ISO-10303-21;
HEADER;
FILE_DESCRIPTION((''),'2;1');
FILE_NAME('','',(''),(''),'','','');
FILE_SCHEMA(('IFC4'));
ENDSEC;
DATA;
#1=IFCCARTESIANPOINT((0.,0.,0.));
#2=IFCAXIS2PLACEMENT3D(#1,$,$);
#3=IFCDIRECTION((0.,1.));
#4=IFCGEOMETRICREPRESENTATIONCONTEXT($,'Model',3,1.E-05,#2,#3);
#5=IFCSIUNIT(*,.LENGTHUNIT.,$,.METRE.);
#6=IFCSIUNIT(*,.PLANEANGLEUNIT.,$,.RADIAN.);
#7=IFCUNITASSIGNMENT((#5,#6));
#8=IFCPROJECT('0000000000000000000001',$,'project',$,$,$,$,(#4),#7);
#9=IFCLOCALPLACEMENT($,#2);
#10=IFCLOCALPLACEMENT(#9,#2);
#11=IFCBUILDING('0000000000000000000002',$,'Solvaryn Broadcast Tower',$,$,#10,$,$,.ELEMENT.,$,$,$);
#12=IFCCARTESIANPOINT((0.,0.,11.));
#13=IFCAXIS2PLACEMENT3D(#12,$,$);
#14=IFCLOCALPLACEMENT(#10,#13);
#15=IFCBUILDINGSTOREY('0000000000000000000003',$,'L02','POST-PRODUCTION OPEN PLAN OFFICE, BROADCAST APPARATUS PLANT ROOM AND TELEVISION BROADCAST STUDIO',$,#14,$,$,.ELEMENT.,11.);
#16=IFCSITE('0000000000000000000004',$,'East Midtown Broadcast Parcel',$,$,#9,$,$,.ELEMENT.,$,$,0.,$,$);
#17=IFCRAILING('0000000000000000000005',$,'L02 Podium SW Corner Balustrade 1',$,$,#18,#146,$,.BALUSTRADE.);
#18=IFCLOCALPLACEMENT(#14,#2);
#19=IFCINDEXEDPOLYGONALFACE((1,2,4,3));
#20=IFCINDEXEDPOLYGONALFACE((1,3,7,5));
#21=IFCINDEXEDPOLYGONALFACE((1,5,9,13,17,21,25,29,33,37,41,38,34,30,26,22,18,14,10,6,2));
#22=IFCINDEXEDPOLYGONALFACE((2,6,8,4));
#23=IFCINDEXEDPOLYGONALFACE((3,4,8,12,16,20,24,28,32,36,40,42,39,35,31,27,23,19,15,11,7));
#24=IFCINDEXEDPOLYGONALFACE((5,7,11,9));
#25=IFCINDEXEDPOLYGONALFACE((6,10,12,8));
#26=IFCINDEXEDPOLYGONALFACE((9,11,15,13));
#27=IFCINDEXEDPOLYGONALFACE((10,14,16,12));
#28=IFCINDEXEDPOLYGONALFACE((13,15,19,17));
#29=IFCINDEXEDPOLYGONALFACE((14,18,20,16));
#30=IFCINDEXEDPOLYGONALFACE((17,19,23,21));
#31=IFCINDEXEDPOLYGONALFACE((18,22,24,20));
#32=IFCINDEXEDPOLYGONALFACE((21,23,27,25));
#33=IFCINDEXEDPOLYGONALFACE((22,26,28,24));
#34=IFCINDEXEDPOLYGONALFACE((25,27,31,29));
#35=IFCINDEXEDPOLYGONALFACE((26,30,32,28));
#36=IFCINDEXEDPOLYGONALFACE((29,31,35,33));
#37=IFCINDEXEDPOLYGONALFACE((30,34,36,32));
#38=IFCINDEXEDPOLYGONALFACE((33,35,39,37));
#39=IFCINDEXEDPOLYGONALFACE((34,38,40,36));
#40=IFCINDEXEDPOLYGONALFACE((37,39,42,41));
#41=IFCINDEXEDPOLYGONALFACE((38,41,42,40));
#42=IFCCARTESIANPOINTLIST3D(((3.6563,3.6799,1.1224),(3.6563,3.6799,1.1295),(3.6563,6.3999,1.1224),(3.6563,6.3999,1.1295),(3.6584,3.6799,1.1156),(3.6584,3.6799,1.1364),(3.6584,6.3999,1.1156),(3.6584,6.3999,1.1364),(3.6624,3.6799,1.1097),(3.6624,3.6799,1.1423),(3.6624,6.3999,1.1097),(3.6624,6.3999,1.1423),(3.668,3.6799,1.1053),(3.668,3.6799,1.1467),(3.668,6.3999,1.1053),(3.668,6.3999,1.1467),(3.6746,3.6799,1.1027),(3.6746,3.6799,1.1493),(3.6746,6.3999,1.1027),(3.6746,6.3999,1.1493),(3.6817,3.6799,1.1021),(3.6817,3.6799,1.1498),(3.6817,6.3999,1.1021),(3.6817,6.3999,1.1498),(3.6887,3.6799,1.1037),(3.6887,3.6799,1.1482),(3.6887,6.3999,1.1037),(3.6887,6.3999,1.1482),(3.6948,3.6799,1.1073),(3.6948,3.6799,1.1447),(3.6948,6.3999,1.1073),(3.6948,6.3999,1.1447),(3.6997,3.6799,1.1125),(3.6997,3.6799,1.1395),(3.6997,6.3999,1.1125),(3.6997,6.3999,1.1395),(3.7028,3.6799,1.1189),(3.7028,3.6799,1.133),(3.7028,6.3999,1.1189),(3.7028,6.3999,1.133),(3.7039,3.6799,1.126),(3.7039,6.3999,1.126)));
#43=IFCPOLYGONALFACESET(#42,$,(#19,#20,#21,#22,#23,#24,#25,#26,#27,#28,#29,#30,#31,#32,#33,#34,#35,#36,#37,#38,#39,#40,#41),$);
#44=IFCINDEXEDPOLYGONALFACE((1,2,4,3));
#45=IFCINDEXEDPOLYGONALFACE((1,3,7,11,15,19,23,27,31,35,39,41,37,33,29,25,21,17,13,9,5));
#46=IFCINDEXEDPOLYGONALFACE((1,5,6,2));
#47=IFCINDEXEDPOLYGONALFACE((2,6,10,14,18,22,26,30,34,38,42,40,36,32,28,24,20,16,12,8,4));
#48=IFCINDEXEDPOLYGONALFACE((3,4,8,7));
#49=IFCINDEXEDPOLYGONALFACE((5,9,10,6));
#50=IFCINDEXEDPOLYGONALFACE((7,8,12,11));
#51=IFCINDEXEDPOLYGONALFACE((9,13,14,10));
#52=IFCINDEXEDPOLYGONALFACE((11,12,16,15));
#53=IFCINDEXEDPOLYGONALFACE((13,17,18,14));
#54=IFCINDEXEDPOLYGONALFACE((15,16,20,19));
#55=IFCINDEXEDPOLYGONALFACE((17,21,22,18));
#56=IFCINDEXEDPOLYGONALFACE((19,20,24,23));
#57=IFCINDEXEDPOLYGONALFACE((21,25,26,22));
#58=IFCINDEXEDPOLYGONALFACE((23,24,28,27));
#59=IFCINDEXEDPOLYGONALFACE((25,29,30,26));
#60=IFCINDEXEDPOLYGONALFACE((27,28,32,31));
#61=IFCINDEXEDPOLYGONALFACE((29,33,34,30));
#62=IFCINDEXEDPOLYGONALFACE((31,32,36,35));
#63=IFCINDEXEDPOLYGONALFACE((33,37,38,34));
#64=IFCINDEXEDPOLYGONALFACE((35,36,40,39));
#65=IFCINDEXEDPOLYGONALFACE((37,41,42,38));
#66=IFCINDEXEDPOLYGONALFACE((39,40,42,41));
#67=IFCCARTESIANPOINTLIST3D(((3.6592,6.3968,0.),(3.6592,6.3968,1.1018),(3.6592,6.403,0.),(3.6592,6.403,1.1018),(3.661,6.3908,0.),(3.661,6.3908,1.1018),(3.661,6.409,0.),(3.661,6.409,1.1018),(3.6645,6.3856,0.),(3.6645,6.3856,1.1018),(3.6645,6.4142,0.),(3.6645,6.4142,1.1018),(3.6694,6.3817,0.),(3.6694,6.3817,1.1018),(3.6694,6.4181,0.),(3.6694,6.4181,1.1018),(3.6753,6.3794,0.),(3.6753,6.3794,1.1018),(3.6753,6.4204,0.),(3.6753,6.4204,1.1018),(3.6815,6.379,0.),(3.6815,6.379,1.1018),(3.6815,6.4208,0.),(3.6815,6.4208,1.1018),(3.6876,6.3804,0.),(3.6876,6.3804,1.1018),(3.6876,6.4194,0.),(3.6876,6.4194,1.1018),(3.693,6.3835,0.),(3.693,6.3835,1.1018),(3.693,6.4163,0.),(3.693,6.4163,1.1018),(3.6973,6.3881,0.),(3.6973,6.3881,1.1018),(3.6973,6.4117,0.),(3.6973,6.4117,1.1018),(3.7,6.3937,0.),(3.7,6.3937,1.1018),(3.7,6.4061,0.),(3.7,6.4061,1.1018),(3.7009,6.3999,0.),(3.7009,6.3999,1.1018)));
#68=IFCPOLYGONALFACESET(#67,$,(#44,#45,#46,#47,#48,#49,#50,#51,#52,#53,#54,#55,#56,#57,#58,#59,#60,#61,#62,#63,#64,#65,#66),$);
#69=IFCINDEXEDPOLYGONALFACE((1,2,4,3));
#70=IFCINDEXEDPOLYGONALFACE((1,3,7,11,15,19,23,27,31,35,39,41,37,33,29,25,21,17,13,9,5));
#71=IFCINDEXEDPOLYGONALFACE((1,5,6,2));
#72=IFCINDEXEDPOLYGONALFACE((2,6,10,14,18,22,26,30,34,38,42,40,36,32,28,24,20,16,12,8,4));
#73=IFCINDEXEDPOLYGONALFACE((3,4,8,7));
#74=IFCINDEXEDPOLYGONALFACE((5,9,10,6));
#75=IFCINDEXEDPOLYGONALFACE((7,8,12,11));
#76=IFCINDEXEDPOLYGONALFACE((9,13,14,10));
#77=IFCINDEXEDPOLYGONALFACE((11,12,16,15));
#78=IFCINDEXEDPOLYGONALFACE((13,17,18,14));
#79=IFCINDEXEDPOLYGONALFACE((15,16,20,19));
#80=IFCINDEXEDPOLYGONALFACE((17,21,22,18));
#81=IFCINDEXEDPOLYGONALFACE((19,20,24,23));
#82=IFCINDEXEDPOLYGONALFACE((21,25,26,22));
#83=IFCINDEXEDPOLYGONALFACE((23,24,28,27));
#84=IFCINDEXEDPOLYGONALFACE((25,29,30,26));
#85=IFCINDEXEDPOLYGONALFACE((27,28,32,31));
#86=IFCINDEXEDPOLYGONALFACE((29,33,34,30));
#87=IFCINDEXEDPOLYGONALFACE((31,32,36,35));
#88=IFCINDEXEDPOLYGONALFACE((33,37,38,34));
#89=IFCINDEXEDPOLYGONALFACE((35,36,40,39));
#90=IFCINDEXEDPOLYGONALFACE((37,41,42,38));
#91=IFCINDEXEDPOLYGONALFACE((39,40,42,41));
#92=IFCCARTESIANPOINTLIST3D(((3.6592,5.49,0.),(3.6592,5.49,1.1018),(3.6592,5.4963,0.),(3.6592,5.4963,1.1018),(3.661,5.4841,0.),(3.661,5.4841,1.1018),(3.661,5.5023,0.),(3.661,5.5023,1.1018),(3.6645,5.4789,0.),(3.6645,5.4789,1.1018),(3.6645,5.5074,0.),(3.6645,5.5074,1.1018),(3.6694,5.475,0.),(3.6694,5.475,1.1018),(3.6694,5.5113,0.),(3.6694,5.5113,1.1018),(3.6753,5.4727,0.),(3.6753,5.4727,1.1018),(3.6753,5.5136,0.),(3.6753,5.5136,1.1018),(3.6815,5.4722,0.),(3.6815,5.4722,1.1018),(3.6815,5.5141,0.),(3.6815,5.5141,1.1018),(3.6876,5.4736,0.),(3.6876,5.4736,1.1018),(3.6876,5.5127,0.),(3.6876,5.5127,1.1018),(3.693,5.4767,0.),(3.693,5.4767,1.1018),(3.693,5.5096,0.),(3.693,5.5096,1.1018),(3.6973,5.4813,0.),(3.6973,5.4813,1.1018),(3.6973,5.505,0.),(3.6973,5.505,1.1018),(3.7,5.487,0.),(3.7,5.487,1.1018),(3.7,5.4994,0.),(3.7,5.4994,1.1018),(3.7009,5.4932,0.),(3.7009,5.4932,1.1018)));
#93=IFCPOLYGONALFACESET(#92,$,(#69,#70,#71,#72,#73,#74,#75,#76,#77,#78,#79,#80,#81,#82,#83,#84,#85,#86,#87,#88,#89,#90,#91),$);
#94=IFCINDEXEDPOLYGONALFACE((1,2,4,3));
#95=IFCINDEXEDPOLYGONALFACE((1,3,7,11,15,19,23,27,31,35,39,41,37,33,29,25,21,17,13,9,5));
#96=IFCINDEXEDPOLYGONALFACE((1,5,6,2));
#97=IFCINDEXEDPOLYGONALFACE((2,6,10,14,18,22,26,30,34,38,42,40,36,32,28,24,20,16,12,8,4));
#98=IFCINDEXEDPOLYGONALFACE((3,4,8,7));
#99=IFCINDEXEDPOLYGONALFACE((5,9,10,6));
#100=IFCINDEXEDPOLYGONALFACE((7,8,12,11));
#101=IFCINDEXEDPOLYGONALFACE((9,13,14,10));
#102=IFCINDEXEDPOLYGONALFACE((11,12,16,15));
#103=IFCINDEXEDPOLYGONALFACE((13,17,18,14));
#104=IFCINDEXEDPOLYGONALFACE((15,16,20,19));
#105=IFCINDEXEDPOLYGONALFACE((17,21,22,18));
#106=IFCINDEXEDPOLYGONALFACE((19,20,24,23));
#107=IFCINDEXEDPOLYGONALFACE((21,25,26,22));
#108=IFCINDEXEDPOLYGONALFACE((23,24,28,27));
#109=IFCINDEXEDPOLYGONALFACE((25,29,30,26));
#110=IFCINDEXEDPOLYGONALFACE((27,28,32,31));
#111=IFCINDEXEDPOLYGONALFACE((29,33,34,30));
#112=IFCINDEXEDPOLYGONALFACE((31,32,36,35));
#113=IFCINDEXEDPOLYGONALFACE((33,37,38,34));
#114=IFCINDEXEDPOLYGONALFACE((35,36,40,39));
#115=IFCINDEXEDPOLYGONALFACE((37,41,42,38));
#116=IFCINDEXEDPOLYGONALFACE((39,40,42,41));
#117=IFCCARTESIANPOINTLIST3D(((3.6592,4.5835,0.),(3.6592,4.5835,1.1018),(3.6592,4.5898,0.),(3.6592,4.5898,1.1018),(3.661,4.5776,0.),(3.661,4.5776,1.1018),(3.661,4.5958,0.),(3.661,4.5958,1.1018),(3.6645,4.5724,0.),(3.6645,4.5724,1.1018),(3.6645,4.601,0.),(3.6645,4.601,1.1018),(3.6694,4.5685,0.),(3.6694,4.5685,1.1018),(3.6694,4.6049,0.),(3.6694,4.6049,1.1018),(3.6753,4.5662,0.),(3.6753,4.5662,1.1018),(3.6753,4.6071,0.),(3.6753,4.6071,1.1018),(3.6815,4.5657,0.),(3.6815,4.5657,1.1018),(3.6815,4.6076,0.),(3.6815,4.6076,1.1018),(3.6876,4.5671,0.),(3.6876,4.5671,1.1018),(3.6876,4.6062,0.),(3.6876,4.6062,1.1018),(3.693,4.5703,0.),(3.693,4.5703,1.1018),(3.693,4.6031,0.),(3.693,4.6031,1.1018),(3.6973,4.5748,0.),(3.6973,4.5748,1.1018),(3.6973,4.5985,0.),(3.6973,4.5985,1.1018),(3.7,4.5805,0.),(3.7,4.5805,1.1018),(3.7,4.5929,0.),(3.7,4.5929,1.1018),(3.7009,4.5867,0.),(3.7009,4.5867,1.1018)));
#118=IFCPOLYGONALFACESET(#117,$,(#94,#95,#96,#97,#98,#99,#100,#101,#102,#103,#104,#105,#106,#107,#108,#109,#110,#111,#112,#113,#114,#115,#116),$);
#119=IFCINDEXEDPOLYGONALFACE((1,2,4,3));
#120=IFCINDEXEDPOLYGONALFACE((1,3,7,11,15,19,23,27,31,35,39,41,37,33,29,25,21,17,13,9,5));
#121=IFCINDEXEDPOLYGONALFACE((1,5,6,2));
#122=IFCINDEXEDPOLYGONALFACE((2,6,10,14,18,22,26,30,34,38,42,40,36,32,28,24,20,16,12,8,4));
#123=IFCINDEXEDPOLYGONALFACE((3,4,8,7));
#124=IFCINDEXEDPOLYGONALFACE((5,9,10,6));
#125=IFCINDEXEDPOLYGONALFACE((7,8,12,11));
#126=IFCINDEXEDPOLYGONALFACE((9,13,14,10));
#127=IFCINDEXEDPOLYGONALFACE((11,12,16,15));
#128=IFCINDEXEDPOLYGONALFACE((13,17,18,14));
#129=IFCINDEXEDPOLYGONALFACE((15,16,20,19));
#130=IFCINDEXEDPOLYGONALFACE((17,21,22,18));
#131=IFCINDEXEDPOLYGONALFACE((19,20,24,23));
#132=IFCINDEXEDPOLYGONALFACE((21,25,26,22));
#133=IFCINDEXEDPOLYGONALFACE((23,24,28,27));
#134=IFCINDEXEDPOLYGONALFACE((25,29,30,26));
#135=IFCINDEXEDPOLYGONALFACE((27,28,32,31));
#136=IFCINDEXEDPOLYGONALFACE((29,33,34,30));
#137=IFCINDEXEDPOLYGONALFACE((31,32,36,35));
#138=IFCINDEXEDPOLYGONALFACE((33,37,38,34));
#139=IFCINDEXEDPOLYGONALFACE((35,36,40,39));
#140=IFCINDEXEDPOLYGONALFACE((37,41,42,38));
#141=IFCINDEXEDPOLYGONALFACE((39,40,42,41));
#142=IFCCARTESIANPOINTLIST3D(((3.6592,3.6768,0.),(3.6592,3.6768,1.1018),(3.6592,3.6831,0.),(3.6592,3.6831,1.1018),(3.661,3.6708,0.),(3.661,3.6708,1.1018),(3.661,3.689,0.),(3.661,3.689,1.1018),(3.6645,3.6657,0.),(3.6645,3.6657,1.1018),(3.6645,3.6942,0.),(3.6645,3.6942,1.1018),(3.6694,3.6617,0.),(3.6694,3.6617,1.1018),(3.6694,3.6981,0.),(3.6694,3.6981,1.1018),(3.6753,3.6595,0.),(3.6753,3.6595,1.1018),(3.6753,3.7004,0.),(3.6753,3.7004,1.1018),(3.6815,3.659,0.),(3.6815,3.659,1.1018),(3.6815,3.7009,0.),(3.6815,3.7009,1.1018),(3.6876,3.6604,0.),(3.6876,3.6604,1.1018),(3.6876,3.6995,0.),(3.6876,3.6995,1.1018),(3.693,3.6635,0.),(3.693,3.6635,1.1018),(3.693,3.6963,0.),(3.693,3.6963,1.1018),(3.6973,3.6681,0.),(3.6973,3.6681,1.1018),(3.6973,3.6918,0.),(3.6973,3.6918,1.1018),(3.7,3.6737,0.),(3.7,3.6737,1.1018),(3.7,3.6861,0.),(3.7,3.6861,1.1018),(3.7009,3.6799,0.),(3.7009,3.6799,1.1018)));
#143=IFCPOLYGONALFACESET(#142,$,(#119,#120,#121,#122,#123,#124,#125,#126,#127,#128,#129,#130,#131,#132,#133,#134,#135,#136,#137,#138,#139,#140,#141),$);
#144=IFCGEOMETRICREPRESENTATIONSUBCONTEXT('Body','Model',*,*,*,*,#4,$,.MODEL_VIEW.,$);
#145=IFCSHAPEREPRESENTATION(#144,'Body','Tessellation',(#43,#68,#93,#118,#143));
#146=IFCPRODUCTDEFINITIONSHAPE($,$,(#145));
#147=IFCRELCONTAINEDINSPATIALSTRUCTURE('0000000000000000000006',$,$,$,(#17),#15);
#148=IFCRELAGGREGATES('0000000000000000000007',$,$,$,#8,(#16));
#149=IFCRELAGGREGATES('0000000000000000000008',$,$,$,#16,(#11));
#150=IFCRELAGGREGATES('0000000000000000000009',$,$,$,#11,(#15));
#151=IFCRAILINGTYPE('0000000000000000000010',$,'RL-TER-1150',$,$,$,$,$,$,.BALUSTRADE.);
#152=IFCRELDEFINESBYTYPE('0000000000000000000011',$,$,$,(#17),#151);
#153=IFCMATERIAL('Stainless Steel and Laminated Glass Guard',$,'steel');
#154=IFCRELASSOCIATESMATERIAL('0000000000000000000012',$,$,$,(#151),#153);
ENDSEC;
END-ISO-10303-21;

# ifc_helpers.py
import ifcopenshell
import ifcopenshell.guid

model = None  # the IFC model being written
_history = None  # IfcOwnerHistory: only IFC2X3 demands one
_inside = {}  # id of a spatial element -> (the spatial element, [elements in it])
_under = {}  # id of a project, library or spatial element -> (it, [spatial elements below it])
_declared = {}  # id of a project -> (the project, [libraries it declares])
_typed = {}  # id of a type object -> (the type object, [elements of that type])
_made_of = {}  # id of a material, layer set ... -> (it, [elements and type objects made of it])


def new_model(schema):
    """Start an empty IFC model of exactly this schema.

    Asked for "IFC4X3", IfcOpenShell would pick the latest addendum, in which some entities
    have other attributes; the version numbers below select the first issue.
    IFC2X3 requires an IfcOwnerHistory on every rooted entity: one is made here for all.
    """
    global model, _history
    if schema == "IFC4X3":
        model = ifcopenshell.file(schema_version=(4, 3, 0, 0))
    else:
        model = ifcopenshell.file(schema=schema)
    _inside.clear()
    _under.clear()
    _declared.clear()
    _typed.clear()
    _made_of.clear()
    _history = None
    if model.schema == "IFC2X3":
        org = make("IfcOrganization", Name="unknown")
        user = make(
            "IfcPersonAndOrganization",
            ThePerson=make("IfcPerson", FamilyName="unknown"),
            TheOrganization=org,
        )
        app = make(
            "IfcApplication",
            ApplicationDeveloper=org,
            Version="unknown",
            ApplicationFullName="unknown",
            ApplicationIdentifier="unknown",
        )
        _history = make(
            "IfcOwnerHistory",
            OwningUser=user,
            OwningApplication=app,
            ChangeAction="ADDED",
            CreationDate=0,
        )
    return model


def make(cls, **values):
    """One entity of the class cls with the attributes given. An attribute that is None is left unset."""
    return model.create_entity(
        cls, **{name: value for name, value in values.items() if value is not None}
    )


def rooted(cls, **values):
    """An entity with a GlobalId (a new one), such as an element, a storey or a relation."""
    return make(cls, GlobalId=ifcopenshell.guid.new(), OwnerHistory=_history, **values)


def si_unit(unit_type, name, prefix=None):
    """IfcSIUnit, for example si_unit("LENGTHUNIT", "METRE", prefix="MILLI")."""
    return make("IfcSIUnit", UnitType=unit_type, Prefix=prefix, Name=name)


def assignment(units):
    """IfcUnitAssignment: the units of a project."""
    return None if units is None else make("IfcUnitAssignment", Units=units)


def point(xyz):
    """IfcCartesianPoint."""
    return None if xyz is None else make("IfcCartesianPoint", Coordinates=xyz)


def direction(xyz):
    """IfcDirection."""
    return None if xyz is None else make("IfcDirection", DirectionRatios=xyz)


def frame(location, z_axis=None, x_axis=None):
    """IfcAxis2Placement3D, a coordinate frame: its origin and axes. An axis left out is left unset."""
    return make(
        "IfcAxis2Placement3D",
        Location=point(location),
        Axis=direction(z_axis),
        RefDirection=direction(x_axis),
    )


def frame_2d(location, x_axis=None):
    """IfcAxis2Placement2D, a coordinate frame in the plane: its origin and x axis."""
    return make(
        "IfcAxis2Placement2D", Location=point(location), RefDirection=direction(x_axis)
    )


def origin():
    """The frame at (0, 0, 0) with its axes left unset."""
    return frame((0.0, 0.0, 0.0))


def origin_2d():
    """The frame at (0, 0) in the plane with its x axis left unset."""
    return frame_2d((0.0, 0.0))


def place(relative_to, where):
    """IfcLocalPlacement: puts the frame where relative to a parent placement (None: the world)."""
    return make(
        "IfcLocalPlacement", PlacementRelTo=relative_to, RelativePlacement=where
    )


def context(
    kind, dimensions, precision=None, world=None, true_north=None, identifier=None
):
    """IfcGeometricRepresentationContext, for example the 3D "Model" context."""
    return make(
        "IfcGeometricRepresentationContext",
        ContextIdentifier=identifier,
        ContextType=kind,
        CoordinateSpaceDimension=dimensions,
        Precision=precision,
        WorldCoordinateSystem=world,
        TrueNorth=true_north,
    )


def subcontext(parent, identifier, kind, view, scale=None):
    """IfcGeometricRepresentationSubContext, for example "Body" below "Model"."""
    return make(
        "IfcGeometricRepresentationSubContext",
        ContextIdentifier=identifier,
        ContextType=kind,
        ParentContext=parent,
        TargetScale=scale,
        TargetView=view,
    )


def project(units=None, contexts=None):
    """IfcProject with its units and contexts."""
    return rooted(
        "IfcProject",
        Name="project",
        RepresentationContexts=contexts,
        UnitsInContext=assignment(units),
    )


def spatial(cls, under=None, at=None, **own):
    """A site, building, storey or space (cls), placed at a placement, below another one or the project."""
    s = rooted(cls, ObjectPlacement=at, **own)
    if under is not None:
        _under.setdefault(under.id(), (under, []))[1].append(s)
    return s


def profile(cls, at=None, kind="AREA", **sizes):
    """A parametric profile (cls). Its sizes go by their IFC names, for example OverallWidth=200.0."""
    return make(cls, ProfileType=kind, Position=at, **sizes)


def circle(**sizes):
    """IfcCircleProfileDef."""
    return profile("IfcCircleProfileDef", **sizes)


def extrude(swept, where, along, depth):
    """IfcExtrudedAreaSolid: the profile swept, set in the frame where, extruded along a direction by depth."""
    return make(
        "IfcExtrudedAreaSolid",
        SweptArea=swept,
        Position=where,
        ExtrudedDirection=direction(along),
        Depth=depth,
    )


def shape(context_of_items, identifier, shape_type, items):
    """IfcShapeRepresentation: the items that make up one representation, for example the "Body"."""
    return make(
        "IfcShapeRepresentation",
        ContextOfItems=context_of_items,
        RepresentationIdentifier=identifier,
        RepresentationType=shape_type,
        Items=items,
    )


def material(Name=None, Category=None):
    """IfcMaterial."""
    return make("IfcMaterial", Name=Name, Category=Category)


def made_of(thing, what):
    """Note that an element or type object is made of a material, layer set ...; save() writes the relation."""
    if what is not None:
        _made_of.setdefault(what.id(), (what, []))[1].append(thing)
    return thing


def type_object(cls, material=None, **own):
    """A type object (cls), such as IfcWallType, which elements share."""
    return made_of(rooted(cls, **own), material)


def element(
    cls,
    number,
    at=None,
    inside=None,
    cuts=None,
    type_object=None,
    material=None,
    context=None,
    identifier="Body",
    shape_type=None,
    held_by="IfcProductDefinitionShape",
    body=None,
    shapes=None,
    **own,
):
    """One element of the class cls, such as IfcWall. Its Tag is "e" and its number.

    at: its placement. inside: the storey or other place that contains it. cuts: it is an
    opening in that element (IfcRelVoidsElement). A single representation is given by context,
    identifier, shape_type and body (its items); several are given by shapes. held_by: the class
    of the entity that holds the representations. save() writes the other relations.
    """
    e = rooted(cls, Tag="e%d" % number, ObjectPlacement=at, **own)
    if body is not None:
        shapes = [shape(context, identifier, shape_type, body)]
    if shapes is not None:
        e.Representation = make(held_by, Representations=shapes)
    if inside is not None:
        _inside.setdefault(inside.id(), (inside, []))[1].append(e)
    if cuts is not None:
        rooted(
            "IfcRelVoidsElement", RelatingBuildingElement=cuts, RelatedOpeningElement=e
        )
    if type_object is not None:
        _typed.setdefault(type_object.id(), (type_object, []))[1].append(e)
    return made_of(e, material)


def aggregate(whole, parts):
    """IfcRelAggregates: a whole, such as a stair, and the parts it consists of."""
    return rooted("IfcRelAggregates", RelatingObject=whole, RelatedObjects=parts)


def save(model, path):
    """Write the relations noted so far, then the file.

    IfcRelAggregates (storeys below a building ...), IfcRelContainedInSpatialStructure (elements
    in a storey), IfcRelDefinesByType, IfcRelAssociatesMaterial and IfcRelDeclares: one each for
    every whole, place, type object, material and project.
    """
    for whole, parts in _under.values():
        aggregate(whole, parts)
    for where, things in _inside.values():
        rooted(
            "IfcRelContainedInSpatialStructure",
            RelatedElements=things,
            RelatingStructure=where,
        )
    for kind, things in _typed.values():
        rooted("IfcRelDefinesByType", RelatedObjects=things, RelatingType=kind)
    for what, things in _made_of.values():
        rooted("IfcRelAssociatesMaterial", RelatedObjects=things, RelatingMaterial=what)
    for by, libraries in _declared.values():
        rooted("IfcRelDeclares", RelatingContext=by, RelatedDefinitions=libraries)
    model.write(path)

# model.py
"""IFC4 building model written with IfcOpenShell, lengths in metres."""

from ifc_helpers import new_model, si_unit, direction, frame, origin, origin_2d, place, context, subcontext, project, spatial, circle, extrude, material, type_object, element, save


model = new_model("IFC4")

# Units and contexts
model_context = context("Model", 3, precision=1e-05, world=origin(), true_north=direction((0.0, 1.0)))
body_context = subcontext(model_context, "Body", "Model", "MODEL_VIEW")
ifc_project = project(units=[si_unit("LENGTHUNIT", "METRE"), si_unit("PLANEANGLEUNIT", "RADIAN")], contexts=[model_context])

# Site, building, storey
site_placement = place(None, origin())
site = spatial("IfcSite", under=ifc_project, at=site_placement, Name="East Midtown Broadcast Parcel", CompositionType="ELEMENT", RefElevation=0.0)
building_placement = place(site_placement, origin())
building = spatial("IfcBuilding", under=site, at=building_placement, Name="Solvaryn Broadcast Tower", CompositionType="ELEMENT")
storey_placement = place(building_placement, frame((0.0, 0.0, 11.0)))
storey = spatial("IfcBuildingStorey", under=building, at=storey_placement, Name="L02", Description="POST-PRODUCTION OPEN PLAN OFFICE, BROADCAST APPARATUS PLANT ROOM AND TELEVISION BROADCAST STUDIO", CompositionType="ELEMENT", Elevation=11.0)

# Railing
ifc_material_1 = material(Name="Stainless Steel and Laminated Glass Guard", Category="steel")
railing_type = type_object("IfcRailingType", Name="RL-TER-1150", PredefinedType="BALUSTRADE", material=ifc_material_1)
railing_1_placement = place(storey_placement, frame((3.6799, 6.3999, 0.0)))
element("IfcRailing", 1, at=railing_1_placement, inside=storey, type_object=railing_type, Name="L02 Podium SW Corner Balustrade 1", PredefinedType="BALUSTRADE", context=body_context, shape_type="SweptSolid", body=[
    extrude(circle(Radius=0.0239, at=origin_2d()), frame((0.0, 0.0, 1.126), z_axis=(0.0, -1.0, 0.0), x_axis=(1.0, 0.0, 0.0)), (0.0, 0.0, 1.0), 2.72),
    extrude(circle(Radius=0.021, at=origin_2d()), origin(), (0.0, 0.0, 1.0), 1.1018),
    extrude(circle(Radius=0.021, at=origin_2d()), frame((0.0, -0.9067, 0.0)), (0.0, 0.0, 1.0), 1.1018),
    extrude(circle(Radius=0.021, at=origin_2d()), frame((0.0, -1.8132, 0.0)), (0.0, 0.0, 1.0), 1.1018),
    extrude(circle(Radius=0.021, at=origin_2d()), frame((0.0, -2.72, 0.0)), (0.0, 0.0, 1.0), 1.1018),
])

save(model, "model.ifc")
